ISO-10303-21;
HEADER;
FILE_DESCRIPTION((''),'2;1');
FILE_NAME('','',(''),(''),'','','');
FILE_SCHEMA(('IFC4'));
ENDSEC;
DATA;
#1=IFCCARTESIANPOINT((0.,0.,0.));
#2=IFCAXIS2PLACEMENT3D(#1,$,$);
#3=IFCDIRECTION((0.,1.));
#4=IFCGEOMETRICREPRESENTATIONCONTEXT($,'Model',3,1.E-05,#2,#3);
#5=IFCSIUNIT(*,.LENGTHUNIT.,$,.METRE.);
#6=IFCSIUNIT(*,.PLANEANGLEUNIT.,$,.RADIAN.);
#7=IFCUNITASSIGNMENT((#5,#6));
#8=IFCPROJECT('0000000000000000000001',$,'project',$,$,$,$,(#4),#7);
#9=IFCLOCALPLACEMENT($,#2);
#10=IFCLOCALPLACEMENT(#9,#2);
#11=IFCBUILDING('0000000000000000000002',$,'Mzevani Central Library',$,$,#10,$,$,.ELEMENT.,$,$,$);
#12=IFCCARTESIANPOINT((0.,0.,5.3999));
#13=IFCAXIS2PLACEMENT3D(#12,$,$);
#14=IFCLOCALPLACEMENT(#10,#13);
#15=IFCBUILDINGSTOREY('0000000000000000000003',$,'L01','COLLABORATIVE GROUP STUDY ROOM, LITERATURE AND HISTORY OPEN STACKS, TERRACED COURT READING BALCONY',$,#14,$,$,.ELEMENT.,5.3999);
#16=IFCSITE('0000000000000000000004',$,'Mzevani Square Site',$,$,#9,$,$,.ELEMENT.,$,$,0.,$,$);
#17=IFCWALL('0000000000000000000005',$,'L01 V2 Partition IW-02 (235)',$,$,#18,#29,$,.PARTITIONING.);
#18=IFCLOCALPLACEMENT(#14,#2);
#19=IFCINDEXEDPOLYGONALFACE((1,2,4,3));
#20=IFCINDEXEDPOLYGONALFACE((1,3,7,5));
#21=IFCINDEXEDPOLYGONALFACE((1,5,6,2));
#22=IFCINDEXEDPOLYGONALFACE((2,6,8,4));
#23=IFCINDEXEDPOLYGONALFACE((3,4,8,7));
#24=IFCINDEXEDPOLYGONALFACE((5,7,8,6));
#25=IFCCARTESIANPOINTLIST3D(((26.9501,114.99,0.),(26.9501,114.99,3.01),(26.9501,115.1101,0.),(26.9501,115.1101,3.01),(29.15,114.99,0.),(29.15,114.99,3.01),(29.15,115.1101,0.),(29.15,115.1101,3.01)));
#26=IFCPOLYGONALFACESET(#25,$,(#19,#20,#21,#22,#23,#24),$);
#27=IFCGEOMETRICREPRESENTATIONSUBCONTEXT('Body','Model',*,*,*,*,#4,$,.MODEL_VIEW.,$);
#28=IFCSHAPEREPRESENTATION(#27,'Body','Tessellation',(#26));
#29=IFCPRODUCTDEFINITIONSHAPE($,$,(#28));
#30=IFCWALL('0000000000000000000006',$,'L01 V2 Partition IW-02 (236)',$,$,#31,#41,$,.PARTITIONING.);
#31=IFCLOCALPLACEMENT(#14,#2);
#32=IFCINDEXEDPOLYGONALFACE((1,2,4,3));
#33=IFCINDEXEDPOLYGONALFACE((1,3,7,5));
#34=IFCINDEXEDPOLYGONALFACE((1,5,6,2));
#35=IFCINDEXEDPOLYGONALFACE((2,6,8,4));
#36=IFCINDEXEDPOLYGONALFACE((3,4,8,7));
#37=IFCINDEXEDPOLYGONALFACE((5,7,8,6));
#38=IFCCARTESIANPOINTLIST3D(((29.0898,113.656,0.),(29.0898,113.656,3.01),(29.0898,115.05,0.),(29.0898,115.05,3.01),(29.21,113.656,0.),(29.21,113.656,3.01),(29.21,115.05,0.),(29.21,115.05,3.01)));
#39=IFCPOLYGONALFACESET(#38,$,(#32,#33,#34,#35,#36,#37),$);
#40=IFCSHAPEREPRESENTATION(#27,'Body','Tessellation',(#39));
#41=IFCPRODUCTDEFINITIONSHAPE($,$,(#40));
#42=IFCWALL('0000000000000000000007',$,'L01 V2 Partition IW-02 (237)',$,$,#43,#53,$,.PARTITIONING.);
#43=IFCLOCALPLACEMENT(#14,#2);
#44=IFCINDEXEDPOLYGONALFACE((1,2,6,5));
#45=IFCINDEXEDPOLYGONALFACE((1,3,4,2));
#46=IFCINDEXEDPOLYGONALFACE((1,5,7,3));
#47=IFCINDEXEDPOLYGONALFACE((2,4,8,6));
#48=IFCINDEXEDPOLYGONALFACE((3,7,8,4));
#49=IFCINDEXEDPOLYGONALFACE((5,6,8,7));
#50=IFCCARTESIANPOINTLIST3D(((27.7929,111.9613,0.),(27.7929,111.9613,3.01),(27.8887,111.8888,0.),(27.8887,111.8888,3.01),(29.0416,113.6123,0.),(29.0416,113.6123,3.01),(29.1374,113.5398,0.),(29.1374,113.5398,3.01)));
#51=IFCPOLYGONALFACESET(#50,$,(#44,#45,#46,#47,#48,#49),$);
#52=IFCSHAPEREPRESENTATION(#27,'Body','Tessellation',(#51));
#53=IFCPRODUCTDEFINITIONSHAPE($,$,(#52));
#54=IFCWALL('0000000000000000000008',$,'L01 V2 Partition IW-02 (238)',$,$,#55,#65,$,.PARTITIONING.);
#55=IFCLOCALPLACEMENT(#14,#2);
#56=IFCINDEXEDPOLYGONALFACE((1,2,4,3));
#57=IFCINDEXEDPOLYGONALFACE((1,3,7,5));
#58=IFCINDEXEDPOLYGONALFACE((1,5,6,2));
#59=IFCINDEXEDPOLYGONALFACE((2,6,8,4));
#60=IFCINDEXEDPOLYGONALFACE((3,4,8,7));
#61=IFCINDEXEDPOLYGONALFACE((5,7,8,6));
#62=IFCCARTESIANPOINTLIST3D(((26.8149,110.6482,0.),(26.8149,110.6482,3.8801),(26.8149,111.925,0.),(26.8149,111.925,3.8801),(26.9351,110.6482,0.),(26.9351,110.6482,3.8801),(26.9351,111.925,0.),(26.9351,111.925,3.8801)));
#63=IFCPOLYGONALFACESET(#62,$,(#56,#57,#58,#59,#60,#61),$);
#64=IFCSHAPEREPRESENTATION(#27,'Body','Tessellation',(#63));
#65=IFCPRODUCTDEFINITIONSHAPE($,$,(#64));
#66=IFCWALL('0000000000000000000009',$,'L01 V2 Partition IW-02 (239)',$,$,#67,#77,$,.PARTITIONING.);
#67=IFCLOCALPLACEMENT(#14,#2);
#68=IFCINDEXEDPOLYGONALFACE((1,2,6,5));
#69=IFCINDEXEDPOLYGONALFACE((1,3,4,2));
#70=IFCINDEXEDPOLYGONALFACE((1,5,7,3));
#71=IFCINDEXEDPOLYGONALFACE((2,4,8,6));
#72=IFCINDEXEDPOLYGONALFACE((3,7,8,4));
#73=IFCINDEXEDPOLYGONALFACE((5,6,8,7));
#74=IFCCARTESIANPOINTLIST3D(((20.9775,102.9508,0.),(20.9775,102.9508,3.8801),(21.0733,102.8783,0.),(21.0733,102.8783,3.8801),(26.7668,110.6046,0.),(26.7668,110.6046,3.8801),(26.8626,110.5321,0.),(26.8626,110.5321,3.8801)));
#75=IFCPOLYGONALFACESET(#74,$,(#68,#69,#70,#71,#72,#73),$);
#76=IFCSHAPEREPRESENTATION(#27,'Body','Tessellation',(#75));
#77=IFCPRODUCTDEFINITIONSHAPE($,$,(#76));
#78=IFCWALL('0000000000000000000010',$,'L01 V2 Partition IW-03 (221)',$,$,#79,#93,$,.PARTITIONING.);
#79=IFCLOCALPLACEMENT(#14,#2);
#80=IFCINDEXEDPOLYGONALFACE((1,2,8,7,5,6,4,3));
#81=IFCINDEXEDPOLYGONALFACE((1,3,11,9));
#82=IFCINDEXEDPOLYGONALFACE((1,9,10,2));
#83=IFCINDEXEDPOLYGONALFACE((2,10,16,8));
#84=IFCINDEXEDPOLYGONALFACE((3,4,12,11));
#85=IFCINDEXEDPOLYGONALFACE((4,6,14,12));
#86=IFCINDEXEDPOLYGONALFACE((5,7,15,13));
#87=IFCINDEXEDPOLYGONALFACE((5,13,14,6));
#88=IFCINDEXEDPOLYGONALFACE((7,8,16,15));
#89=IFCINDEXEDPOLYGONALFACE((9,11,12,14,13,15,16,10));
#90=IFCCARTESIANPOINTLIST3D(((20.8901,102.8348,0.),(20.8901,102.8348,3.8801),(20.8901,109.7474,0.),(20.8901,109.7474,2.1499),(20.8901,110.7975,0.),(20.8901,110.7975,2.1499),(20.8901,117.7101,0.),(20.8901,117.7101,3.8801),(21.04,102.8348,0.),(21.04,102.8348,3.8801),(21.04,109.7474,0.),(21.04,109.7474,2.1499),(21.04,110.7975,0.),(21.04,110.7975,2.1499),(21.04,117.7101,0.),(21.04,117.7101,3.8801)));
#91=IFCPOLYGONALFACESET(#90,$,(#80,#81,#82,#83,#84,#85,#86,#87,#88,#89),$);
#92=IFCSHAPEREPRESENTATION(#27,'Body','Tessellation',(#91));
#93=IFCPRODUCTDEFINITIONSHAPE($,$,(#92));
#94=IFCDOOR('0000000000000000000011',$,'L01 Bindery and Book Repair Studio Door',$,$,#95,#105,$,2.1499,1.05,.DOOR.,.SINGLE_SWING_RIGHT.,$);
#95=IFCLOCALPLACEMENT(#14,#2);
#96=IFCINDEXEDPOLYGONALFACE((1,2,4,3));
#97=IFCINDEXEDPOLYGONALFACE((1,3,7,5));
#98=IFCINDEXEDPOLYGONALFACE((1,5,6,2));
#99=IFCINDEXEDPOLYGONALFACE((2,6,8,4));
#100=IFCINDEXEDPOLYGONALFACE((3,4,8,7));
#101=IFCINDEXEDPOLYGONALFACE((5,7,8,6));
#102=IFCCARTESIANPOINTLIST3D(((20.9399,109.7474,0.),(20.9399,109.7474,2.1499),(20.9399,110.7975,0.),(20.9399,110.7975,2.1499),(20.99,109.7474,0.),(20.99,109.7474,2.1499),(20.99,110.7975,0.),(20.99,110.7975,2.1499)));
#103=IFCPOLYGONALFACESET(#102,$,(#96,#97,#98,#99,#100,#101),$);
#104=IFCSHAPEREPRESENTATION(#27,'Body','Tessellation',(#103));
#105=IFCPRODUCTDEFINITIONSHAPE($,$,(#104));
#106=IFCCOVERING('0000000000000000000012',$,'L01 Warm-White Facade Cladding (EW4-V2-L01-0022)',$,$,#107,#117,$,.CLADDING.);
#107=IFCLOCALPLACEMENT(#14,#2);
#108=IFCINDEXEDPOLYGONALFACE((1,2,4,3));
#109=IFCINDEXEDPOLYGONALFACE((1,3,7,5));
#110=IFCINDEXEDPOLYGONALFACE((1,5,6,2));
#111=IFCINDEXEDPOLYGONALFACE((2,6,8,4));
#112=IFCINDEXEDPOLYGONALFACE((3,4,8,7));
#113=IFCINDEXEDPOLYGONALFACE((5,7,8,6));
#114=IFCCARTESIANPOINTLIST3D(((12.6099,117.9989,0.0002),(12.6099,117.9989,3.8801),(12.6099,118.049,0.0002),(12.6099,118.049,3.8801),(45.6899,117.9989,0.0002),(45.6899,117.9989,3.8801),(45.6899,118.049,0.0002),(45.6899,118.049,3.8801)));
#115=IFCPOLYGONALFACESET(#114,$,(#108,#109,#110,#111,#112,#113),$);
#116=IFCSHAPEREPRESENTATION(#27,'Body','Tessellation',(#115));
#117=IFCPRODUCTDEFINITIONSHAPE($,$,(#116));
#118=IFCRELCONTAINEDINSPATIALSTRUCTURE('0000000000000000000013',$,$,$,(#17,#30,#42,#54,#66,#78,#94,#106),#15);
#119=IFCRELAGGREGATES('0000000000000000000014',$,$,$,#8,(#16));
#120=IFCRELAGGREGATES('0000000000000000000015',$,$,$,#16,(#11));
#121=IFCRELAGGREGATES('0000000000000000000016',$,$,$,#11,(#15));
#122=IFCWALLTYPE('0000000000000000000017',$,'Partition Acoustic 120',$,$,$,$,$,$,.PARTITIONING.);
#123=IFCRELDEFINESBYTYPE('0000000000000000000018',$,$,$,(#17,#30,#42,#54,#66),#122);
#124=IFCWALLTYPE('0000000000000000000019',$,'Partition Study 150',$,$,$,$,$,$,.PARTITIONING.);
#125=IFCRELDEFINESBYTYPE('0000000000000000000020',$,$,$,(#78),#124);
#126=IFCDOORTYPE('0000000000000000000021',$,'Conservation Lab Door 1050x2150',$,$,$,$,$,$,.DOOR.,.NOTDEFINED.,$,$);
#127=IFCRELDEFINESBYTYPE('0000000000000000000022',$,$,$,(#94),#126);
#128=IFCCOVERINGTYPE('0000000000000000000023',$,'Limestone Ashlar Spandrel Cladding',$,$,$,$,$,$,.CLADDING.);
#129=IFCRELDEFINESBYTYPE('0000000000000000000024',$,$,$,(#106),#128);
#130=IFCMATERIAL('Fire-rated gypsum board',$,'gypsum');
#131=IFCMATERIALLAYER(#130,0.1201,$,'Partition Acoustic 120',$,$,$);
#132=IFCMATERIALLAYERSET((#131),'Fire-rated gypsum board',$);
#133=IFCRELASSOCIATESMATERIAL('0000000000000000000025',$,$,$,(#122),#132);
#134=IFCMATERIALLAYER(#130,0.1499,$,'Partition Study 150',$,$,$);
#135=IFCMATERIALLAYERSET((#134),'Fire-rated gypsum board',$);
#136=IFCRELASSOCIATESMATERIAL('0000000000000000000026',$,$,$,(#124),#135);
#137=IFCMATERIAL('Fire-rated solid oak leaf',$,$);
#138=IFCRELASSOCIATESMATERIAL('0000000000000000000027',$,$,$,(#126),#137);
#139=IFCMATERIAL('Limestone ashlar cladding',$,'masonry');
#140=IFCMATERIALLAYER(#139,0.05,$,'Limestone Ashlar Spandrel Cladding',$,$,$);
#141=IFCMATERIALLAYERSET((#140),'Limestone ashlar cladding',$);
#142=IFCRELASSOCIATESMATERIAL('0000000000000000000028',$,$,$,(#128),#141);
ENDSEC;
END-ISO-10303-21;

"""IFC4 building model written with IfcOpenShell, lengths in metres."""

from ifc_helpers import new_model, si_unit, direction, frame, frame_2d, origin, origin_2d, place, context, subcontext, project, spatial, rectangle, extrude, material, layer, layer_set, type_object, element, fill, save


model = new_model("IFC4")

# Units and contexts
model_context = context("Model", 3, precision=1e-05, world=origin(), true_north=direction((0.0, 1.0)))
body_context = subcontext(model_context, "Body", "Model", "MODEL_VIEW")
ifc_project = project(units=[si_unit("LENGTHUNIT", "METRE"), si_unit("PLANEANGLEUNIT", "RADIAN")], contexts=[model_context])

# Site, building, storey
site_placement = place(None, origin())
site = spatial("IfcSite", under=ifc_project, at=site_placement, Name="Mzevani Square Site", CompositionType="ELEMENT", RefElevation=0.0)
building_placement = place(site_placement, origin())
building = spatial("IfcBuilding", under=site, at=building_placement, Name="Mzevani Central Library", CompositionType="ELEMENT")
storey_placement = place(building_placement, frame((0.0, 0.0, 5.3999)))
storey = spatial("IfcBuildingStorey", under=building, at=storey_placement, Name="L01", Description="COLLABORATIVE GROUP STUDY ROOM, LITERATURE AND HISTORY OPEN STACKS, TERRACED COURT READING BALCONY", CompositionType="ELEMENT", Elevation=5.3999)

# Walls
ifc_material_1 = material(Name="Fire-rated gypsum board", Category="gypsum")
ifc_layer_1 = layer(ifc_material_1, 0.1201, Name="Partition Acoustic 120")
ifc_layer_set_1 = layer_set([ifc_layer_1], Name="Fire-rated gypsum board")
wall_type_1 = type_object("IfcWallType", Name="Partition Acoustic 120", PredefinedType="PARTITIONING", material=ifc_layer_set_1)
wall_1_placement = place(storey_placement, frame((26.95, 115.05, 0.0), z_axis=(0.0, 0.0, 1.0), x_axis=(1.0, 0.0, 0.0)))
element("IfcWall", 1, at=wall_1_placement, inside=storey, type_object=wall_type_1, Name="L01 V2 Partition IW-02 (235)", PredefinedType="PARTITIONING", context=body_context, shape_type="SweptSolid", body=[
    extrude(rectangle(XDim=2.2, YDim=0.1201, at=frame_2d((1.1001, 0.0))), origin(), (0.0, 0.0, 1.0), 3.01),
])
wall_2_placement = place(storey_placement, frame((29.1499, 115.05, 0.0), z_axis=(0.0, 0.0, 1.0), x_axis=(0.0, -1.0, 0.0)))
element("IfcWall", 2, at=wall_2_placement, inside=storey, type_object=wall_type_1, Name="L01 V2 Partition IW-02 (236)", PredefinedType="PARTITIONING", context=body_context, shape_type="SweptSolid", body=[
    extrude(rectangle(XDim=1.394, YDim=0.1201, at=frame_2d((0.697, 0.0))), origin(), (0.0, 0.0, 1.0), 3.01),
])
wall_3_placement = place(storey_placement, frame((29.0896, 113.5762, 0.0), z_axis=(0.0, 0.0, 1.0), x_axis=(-0.603222, -0.797574, 0.0)))
element("IfcWall", 3, at=wall_3_placement, inside=storey, type_object=wall_type_1, Name="L01 V2 Partition IW-02 (237)", PredefinedType="PARTITIONING", context=body_context, shape_type="SweptSolid", body=[
    extrude(rectangle(XDim=2.0701, YDim=0.1201, at=frame_2d((1.0352, 0.0))), origin(), (0.0, 0.0, 1.0), 3.01),
])
wall_4_placement = place(storey_placement, frame((26.875, 111.925, 0.0), z_axis=(0.0, 0.0, 1.0), x_axis=(0.0, -1.0, 0.0)))
element("IfcWall", 4, at=wall_4_placement, inside=storey, type_object=wall_type_1, Name="L01 V2 Partition IW-02 (238)", PredefinedType="PARTITIONING", context=body_context, shape_type="SweptSolid", body=[
    extrude(rectangle(XDim=1.2769, YDim=0.1201, at=frame_2d((0.6384, 0.0))), origin(), (0.0, 0.0, 1.0), 3.8801),
])
wall_5_placement = place(storey_placement, frame((26.8147, 110.5684, 0.0), z_axis=(0.0, 0.0, 1.0), x_axis=(-0.603259, -0.797545, 0.0)))
element("IfcWall", 5, at=wall_5_placement, inside=storey, type_object=wall_type_1, Name="L01 V2 Partition IW-02 (239)", PredefinedType="PARTITIONING", context=body_context, shape_type="SweptSolid", body=[
    extrude(rectangle(XDim=9.5967, YDim=0.1201, at=frame_2d((4.7983, 0.0))), origin(), (0.0, 0.0, 1.0), 3.8801),
])

# Wall, opening, door
ifc_layer_2 = layer(ifc_material_1, 0.1499, Name="Partition Study 150")
ifc_layer_set_2 = layer_set([ifc_layer_2], Name="Fire-rated gypsum board")
wall_type_2 = type_object("IfcWallType", Name="Partition Study 150", PredefinedType="PARTITIONING", material=ifc_layer_set_2)
wall_6_placement = place(storey_placement, frame((20.9651, 117.71, 0.0), z_axis=(0.0, 0.0, 1.0), x_axis=(0.0, -1.0, 0.0)))
wall_6 = element("IfcWall", 6, at=wall_6_placement, inside=storey, type_object=wall_type_2, Name="L01 V2 Partition IW-03 (221)", PredefinedType="PARTITIONING", context=body_context, shape_type="SweptSolid", body=[
    extrude(rectangle(XDim=14.8752, YDim=0.1499, at=frame_2d((7.4375, 0.0))), origin(), (0.0, 0.0, 1.0), 3.8801),
])
opening_1_placement = place(wall_6_placement, frame((6.9126, 0.0, 0.0)))
opening_1 = element("IfcOpeningElement", 7, at=opening_1_placement, cuts=wall_6, PredefinedType="OPENING", context=body_context, shape_type="SweptSolid", body=[
    extrude(rectangle(XDim=1.05, YDim=2.1499, at=frame_2d((0.5249, 1.075))), frame((0.0, 0.085, 0.0), z_axis=(0.0, -1.0, 0.0), x_axis=(1.0, 0.0, 0.0)), (0.0, 0.0, 1.0), 0.1699),
])
ifc_material_2 = material(Name="Fire-rated solid oak leaf")
door_type_1 = type_object("IfcDoorType", Name="Conservation Lab Door 1050x2150", OperationType="NOTDEFINED", PredefinedType="DOOR", material=ifc_material_2)
door_1_placement = place(opening_1_placement, origin())
door_1 = element("IfcDoor", 8, at=door_1_placement, inside=storey, type_object=door_type_1, Name="L01 Bindery and Book Repair Studio Door", OperationType="SINGLE_SWING_RIGHT", OverallHeight=2.1499, OverallWidth=1.05, PredefinedType="DOOR", context=body_context, shape_type="SweptSolid", body=[
    extrude(rectangle(XDim=1.05, YDim=2.1499, at=frame_2d((0.5249, 1.075))), frame((0.0, 0.0249, 0.0), z_axis=(0.0, -1.0, 0.0), x_axis=(1.0, 0.0, 0.0)), (0.0, 0.0, 1.0), 0.05),
])
fill(opening_1, door_1)

# Covering
ifc_material_3 = material(Name="Limestone ashlar cladding", Category="masonry")
ifc_layer_3 = layer(ifc_material_3, 0.05, Name="Limestone Ashlar Spandrel Cladding")
ifc_layer_set_3 = layer_set([ifc_layer_3], Name="Limestone ashlar cladding")
covering_type = type_object("IfcCoveringType", Name="Limestone Ashlar Spandrel Cladding", PredefinedType="CLADDING", material=ifc_layer_set_3)
covering_placement = place(storey_placement, frame((29.1499, 118.0239, 0.0002), z_axis=(0.0, 0.0, 1.0), x_axis=(1.0, 0.0, 0.0)))
element("IfcCovering", 9, at=covering_placement, inside=storey, type_object=covering_type, Name="L01 Warm-White Facade Cladding (EW4-V2-L01-0022)", PredefinedType="CLADDING", context=body_context, shape_type="SweptSolid", body=[
    extrude(rectangle(XDim=33.0801, YDim=0.05, at=origin_2d()), origin(), (0.0, 0.0, 1.0), 3.8799),
])

save(model, "model.ifc")
